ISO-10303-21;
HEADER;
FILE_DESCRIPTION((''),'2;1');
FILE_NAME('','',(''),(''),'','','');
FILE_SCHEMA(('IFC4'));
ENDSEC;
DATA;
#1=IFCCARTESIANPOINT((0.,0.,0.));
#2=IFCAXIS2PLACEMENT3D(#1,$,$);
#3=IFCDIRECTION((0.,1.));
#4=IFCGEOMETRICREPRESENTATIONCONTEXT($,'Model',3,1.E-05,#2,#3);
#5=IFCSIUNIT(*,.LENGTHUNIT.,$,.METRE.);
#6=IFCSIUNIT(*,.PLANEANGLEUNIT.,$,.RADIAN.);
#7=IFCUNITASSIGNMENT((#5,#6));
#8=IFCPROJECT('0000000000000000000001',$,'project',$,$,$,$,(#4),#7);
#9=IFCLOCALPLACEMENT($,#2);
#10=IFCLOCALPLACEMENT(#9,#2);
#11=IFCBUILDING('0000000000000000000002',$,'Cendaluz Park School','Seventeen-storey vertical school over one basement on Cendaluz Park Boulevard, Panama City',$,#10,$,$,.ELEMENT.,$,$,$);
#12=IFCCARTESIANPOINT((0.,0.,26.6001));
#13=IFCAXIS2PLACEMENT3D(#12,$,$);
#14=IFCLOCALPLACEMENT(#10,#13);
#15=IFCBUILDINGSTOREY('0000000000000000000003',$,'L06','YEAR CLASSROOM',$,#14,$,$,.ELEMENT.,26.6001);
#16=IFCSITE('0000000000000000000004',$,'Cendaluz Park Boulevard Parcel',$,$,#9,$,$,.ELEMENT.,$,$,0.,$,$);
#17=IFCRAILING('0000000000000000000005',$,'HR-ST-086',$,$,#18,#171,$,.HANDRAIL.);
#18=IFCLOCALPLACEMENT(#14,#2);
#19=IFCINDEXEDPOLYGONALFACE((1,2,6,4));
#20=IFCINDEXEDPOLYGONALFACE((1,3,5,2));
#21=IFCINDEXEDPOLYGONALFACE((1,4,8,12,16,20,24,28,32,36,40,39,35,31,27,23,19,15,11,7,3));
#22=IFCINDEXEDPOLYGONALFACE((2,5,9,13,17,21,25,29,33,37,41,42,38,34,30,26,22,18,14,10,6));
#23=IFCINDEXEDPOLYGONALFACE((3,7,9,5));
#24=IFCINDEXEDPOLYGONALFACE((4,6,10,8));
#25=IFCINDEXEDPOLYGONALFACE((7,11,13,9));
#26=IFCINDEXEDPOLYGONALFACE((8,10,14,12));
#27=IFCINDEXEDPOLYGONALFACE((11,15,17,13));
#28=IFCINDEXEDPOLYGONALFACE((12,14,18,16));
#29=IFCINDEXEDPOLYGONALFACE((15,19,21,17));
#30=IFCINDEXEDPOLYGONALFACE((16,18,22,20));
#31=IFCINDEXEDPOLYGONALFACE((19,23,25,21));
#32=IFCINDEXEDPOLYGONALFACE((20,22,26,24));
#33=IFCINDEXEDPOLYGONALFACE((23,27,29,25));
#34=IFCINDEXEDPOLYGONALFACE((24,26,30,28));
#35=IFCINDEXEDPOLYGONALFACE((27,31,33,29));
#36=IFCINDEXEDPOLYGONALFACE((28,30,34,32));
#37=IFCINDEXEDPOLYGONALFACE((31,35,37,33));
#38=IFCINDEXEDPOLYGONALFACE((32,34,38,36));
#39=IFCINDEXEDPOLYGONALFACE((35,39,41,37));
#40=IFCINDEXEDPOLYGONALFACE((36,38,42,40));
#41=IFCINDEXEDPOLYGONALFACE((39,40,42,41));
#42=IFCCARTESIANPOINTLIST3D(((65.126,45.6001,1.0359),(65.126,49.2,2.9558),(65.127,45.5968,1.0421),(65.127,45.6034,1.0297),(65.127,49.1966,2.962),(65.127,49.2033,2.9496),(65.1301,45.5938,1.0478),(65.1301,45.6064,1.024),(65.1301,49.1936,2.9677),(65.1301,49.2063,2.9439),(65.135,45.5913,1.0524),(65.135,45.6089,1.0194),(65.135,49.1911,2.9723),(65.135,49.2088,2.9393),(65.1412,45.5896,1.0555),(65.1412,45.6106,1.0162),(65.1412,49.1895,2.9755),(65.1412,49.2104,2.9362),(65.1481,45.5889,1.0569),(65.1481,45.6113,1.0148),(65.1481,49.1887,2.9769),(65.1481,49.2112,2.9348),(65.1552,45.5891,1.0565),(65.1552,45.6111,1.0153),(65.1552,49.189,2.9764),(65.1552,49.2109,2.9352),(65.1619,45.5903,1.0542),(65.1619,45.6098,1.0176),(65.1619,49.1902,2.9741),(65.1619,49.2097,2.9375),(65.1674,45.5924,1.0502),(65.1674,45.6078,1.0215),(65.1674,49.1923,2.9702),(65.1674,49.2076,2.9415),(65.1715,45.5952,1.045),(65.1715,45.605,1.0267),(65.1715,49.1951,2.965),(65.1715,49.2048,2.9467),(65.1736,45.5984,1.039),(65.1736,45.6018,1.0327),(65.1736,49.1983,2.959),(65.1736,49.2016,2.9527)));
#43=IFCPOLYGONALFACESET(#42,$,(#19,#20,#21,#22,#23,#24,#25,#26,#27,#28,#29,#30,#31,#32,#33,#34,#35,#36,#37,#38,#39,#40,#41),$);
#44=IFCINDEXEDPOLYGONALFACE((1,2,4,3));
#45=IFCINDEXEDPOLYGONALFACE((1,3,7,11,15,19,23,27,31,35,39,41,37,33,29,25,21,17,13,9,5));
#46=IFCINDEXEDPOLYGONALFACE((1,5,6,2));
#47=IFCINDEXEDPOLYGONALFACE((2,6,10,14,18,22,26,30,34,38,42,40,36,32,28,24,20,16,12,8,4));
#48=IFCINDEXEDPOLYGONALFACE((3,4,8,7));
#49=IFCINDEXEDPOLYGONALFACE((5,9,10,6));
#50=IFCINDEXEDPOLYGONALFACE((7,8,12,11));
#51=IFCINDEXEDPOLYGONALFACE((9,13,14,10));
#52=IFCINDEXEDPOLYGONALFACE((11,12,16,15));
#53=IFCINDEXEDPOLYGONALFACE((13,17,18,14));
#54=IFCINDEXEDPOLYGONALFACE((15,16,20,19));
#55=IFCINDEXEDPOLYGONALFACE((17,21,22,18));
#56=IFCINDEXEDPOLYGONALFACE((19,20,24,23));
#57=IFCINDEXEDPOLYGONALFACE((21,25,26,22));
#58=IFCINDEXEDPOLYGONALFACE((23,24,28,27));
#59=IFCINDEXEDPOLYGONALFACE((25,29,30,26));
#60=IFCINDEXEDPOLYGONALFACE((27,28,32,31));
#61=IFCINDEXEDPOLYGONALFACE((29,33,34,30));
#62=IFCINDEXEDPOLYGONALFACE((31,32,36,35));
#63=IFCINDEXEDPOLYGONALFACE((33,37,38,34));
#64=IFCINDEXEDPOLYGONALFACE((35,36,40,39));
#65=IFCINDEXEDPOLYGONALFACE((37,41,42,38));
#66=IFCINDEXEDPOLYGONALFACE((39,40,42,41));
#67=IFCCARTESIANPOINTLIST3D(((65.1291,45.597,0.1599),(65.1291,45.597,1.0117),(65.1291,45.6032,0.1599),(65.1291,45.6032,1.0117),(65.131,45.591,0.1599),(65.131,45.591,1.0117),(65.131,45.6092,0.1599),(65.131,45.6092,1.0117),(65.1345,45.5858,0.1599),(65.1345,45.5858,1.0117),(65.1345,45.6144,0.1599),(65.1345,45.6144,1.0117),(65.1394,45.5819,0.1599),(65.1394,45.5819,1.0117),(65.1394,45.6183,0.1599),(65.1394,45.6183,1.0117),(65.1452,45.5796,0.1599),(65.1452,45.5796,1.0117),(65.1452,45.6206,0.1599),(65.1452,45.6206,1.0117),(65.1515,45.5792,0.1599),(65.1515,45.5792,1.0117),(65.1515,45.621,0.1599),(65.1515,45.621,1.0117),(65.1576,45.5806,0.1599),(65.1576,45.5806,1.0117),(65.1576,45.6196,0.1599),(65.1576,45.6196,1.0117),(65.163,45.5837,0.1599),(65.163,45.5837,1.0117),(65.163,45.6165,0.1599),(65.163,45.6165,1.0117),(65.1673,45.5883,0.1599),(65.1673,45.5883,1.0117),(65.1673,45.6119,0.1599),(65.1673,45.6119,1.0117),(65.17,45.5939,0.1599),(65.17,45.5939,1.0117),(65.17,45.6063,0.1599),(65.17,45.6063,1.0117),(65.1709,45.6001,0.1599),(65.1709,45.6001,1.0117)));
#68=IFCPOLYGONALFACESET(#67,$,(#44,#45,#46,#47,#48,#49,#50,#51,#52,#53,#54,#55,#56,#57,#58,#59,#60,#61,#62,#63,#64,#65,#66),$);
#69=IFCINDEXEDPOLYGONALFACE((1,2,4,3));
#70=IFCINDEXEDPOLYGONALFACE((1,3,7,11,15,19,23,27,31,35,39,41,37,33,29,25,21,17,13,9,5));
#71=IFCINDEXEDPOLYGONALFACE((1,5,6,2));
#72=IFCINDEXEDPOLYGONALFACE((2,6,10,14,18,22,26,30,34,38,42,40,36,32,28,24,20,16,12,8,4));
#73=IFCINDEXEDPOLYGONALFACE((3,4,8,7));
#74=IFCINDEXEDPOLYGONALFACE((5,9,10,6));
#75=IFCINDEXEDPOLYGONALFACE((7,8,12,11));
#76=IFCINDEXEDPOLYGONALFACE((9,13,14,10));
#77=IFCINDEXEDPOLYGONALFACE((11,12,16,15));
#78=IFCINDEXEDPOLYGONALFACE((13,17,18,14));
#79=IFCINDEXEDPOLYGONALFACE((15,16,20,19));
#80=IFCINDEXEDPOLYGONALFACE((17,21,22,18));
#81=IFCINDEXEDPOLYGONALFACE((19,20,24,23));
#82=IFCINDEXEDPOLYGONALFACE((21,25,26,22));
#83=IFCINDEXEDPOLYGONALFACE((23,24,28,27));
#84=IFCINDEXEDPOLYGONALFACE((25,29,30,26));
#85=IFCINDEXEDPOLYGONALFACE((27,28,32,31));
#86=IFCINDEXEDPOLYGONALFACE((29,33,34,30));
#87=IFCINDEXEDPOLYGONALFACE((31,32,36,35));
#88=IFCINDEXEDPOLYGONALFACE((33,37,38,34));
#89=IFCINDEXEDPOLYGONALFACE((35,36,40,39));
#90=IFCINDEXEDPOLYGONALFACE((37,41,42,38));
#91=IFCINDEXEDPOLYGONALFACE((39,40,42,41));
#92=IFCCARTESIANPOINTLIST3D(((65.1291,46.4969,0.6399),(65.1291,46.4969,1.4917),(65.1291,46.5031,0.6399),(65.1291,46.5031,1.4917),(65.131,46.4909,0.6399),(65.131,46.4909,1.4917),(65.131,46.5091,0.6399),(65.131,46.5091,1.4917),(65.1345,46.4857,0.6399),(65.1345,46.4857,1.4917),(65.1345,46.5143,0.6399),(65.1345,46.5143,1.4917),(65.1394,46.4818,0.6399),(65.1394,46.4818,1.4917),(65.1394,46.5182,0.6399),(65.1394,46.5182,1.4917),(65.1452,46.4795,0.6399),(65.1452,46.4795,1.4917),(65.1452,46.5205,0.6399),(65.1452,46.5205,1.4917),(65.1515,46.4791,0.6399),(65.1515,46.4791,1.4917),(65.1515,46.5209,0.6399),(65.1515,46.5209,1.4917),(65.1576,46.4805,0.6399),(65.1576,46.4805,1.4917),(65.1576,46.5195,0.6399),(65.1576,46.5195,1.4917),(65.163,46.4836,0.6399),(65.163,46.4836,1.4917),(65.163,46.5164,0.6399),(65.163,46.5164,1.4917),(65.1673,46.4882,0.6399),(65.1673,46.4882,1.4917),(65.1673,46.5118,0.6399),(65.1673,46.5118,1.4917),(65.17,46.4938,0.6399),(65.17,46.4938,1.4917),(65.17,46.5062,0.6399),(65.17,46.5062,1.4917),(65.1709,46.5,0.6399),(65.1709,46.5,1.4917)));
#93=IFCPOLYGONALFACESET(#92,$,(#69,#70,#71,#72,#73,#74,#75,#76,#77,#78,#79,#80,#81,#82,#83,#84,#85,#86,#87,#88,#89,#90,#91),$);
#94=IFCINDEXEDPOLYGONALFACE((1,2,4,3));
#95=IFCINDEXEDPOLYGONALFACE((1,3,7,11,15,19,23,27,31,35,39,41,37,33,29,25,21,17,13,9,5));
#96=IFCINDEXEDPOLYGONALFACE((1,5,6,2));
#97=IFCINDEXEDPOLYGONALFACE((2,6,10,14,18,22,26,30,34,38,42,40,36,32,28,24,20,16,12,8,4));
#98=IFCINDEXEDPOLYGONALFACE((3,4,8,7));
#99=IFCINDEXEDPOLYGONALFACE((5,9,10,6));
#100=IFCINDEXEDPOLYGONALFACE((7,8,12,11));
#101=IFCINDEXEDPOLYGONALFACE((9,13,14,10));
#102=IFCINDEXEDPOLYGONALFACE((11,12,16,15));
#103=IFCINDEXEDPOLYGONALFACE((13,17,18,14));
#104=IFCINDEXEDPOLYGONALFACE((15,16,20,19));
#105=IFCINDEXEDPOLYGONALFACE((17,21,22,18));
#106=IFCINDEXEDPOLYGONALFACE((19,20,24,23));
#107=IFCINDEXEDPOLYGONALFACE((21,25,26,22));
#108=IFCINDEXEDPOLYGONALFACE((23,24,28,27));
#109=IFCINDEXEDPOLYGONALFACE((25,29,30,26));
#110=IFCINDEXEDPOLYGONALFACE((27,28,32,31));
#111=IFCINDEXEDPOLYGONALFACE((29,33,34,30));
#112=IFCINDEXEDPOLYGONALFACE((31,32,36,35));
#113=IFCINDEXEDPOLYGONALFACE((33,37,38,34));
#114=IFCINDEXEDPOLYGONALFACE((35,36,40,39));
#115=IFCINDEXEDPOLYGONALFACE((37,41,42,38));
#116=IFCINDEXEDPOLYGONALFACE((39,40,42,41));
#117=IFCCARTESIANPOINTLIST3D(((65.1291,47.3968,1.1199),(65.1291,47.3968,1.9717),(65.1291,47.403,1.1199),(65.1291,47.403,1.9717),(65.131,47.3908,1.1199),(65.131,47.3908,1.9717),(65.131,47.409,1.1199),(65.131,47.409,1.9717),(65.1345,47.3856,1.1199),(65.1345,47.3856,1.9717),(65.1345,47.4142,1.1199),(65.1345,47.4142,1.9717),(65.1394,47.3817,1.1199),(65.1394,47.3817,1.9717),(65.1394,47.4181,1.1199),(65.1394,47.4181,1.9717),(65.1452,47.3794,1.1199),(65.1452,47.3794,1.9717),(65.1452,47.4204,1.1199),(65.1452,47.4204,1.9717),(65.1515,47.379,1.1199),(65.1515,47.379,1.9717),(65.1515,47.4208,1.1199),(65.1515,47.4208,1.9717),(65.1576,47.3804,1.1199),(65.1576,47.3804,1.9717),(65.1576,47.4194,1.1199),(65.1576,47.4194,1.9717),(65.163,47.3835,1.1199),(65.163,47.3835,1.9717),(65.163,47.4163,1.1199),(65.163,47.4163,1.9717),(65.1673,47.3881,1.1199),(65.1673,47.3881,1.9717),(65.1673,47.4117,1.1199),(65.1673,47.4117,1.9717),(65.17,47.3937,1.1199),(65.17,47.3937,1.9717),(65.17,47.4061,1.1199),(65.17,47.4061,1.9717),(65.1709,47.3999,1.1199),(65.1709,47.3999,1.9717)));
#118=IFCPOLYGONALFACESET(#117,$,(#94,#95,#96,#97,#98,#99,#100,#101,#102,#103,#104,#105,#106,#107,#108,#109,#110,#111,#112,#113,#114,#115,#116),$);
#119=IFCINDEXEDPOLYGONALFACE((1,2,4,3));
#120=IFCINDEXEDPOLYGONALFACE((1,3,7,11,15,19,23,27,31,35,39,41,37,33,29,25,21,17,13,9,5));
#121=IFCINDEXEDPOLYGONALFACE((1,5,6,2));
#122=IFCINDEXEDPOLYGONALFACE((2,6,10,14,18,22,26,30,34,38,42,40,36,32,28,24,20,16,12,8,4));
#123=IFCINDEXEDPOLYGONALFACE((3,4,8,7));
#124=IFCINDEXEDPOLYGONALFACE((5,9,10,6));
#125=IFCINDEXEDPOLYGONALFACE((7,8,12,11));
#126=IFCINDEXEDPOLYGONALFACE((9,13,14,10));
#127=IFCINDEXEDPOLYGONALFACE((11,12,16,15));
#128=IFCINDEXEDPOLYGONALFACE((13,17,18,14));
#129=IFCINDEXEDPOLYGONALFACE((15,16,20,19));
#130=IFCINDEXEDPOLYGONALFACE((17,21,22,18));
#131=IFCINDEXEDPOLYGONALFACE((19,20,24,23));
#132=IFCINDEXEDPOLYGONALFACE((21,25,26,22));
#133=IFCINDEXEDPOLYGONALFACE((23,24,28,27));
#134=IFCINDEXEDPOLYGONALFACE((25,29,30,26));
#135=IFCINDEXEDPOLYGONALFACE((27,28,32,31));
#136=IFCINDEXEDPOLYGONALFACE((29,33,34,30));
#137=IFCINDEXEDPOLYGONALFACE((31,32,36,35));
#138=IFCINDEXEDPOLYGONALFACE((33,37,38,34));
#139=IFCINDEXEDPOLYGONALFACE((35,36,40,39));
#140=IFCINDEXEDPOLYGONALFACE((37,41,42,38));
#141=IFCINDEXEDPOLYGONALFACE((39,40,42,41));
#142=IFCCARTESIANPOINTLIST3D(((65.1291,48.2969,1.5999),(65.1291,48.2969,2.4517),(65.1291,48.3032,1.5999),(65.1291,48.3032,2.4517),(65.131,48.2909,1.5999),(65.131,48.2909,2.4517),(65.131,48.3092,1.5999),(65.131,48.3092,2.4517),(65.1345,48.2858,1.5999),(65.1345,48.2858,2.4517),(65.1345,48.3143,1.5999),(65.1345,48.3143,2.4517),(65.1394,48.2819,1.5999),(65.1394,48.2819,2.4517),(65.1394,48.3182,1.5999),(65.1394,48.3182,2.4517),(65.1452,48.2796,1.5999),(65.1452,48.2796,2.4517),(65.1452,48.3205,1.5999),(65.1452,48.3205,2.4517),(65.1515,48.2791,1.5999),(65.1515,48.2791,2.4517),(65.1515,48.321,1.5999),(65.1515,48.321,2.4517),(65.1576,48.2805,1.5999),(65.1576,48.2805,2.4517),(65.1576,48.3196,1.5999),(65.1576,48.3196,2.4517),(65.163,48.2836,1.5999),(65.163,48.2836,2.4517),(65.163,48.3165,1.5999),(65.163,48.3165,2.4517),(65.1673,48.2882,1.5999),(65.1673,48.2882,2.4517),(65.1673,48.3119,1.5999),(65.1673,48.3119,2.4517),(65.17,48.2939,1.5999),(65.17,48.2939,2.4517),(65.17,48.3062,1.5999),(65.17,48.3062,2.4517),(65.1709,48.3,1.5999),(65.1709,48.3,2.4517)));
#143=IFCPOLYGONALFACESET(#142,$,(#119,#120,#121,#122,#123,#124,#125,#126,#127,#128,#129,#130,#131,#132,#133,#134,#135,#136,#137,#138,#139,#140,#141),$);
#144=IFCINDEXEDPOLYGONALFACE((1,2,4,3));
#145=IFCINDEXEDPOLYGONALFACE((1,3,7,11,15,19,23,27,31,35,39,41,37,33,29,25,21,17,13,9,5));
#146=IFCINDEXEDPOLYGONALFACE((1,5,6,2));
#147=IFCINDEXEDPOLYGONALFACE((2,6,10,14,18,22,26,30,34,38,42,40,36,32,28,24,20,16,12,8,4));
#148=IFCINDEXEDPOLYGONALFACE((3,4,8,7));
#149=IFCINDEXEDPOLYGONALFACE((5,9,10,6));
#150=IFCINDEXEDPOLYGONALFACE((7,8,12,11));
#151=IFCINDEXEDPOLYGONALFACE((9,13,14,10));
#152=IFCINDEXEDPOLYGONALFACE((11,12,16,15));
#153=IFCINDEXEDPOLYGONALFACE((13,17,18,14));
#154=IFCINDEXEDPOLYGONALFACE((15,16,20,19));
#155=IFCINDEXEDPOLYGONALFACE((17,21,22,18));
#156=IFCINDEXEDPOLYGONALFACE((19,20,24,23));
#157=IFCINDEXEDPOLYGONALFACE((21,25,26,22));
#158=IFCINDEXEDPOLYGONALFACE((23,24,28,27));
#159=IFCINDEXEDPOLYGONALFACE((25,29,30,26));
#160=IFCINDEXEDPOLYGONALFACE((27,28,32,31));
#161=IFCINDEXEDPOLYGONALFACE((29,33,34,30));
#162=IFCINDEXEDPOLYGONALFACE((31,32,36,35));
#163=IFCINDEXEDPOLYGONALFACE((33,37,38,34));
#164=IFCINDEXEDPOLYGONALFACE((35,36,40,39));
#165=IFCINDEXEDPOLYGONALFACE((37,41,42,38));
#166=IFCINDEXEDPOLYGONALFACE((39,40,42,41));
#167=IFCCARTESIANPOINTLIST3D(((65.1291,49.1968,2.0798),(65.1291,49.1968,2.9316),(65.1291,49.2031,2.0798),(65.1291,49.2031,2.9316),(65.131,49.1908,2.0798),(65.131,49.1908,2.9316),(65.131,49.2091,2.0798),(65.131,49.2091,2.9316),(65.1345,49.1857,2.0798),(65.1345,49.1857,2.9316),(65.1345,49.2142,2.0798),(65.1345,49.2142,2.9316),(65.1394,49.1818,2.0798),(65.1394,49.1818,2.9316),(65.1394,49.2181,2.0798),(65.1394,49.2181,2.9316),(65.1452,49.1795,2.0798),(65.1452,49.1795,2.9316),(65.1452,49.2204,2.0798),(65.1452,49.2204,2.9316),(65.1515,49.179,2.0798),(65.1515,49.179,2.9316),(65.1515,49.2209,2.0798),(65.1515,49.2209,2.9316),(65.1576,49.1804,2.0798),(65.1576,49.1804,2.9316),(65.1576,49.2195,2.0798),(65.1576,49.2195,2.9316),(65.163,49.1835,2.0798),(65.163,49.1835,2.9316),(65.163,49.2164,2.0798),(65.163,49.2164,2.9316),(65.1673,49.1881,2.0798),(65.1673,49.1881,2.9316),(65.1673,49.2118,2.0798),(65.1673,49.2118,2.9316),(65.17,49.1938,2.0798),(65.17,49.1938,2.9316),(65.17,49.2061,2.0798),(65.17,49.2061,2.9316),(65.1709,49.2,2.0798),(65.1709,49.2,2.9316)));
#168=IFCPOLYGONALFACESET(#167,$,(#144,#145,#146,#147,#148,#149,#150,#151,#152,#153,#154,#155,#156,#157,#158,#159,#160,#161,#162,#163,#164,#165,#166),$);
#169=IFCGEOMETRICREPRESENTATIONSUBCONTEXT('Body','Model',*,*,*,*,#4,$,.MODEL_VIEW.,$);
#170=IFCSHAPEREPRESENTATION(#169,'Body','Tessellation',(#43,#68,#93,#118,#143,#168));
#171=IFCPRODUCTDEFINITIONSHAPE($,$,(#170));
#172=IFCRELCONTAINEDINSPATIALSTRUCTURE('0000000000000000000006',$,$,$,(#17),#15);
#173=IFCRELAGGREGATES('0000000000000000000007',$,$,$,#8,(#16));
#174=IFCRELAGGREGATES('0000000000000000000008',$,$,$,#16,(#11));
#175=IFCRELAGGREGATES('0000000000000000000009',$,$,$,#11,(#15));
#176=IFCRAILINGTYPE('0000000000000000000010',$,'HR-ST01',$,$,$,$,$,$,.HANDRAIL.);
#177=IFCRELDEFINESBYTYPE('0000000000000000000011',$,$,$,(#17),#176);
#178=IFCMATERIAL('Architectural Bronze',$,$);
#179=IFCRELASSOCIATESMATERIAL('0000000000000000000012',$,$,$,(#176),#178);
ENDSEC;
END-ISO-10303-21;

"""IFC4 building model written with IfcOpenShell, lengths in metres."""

from ifc_helpers import new_model, si_unit, direction, frame, origin, origin_2d, place, context, subcontext, project, spatial, circle, extrude, material, type_object, element, save


model = new_model("IFC4")

# Units and contexts
model_context = context("Model", 3, precision=1e-05, world=origin(), true_north=direction((0.0, 1.0)))
body_context = subcontext(model_context, "Body", "Model", "MODEL_VIEW")
ifc_project = project(units=[si_unit("LENGTHUNIT", "METRE"), si_unit("PLANEANGLEUNIT", "RADIAN")], contexts=[model_context])

# Site, building, storey
site_placement = place(None, origin())
site = spatial("IfcSite", under=ifc_project, at=site_placement, Name="Cendaluz Park Boulevard Parcel", CompositionType="ELEMENT", RefElevation=0.0)
building_placement = place(site_placement, origin())
building = spatial("IfcBuilding", under=site, at=building_placement, Name="Cendaluz Park School", Description="Seventeen-storey vertical school over one basement on Cendaluz Park Boulevard, Panama City", CompositionType="ELEMENT")
storey_placement = place(building_placement, frame((0.0, 0.0, 26.6001)))
storey = spatial("IfcBuildingStorey", under=building, at=storey_placement, Name="L06", Description="YEAR CLASSROOM", CompositionType="ELEMENT", Elevation=26.6001)

# Railing
ifc_material_1 = material(Name="Architectural Bronze")
railing_type_1 = type_object("IfcRailingType", Name="HR-ST01", PredefinedType="HANDRAIL", material=ifc_material_1)
railing_1_placement = place(storey_placement, frame((65.1499, 45.6001, 0.1599)))
element("IfcRailing", 1, at=railing_1_placement, inside=storey, type_object=railing_type_1, Name="HR-ST-086", PredefinedType="HANDRAIL", context=body_context, shape_type="SweptSolid", body=[
    extrude(circle(Radius=0.0239, at=origin_2d()), frame((0.0, 0.0, 0.876), z_axis=(0.0, 0.882353, 0.470588), x_axis=(-1.0, 0.0, 0.0)), (0.0, 0.0, 1.0), 4.0798),
    extrude(circle(Radius=0.021, at=origin_2d()), origin(), (0.0, 0.0, 1.0), 0.8518),
    extrude(circle(Radius=0.021, at=origin_2d()), frame((0.0, 0.8999, 0.48)), (0.0, 0.0, 1.0), 0.8518),
    extrude(circle(Radius=0.021, at=origin_2d()), frame((0.0, 1.7998, 0.96)), (0.0, 0.0, 1.0), 0.8518),
    extrude(circle(Radius=0.021, at=origin_2d()), frame((0.0, 2.7, 1.4399)), (0.0, 0.0, 1.0), 0.8518),
    extrude(circle(Radius=0.021, at=origin_2d()), frame((0.0, 3.5999, 1.9199)), (0.0, 0.0, 1.0), 0.8518),
])

save(model, "model.ifc")
